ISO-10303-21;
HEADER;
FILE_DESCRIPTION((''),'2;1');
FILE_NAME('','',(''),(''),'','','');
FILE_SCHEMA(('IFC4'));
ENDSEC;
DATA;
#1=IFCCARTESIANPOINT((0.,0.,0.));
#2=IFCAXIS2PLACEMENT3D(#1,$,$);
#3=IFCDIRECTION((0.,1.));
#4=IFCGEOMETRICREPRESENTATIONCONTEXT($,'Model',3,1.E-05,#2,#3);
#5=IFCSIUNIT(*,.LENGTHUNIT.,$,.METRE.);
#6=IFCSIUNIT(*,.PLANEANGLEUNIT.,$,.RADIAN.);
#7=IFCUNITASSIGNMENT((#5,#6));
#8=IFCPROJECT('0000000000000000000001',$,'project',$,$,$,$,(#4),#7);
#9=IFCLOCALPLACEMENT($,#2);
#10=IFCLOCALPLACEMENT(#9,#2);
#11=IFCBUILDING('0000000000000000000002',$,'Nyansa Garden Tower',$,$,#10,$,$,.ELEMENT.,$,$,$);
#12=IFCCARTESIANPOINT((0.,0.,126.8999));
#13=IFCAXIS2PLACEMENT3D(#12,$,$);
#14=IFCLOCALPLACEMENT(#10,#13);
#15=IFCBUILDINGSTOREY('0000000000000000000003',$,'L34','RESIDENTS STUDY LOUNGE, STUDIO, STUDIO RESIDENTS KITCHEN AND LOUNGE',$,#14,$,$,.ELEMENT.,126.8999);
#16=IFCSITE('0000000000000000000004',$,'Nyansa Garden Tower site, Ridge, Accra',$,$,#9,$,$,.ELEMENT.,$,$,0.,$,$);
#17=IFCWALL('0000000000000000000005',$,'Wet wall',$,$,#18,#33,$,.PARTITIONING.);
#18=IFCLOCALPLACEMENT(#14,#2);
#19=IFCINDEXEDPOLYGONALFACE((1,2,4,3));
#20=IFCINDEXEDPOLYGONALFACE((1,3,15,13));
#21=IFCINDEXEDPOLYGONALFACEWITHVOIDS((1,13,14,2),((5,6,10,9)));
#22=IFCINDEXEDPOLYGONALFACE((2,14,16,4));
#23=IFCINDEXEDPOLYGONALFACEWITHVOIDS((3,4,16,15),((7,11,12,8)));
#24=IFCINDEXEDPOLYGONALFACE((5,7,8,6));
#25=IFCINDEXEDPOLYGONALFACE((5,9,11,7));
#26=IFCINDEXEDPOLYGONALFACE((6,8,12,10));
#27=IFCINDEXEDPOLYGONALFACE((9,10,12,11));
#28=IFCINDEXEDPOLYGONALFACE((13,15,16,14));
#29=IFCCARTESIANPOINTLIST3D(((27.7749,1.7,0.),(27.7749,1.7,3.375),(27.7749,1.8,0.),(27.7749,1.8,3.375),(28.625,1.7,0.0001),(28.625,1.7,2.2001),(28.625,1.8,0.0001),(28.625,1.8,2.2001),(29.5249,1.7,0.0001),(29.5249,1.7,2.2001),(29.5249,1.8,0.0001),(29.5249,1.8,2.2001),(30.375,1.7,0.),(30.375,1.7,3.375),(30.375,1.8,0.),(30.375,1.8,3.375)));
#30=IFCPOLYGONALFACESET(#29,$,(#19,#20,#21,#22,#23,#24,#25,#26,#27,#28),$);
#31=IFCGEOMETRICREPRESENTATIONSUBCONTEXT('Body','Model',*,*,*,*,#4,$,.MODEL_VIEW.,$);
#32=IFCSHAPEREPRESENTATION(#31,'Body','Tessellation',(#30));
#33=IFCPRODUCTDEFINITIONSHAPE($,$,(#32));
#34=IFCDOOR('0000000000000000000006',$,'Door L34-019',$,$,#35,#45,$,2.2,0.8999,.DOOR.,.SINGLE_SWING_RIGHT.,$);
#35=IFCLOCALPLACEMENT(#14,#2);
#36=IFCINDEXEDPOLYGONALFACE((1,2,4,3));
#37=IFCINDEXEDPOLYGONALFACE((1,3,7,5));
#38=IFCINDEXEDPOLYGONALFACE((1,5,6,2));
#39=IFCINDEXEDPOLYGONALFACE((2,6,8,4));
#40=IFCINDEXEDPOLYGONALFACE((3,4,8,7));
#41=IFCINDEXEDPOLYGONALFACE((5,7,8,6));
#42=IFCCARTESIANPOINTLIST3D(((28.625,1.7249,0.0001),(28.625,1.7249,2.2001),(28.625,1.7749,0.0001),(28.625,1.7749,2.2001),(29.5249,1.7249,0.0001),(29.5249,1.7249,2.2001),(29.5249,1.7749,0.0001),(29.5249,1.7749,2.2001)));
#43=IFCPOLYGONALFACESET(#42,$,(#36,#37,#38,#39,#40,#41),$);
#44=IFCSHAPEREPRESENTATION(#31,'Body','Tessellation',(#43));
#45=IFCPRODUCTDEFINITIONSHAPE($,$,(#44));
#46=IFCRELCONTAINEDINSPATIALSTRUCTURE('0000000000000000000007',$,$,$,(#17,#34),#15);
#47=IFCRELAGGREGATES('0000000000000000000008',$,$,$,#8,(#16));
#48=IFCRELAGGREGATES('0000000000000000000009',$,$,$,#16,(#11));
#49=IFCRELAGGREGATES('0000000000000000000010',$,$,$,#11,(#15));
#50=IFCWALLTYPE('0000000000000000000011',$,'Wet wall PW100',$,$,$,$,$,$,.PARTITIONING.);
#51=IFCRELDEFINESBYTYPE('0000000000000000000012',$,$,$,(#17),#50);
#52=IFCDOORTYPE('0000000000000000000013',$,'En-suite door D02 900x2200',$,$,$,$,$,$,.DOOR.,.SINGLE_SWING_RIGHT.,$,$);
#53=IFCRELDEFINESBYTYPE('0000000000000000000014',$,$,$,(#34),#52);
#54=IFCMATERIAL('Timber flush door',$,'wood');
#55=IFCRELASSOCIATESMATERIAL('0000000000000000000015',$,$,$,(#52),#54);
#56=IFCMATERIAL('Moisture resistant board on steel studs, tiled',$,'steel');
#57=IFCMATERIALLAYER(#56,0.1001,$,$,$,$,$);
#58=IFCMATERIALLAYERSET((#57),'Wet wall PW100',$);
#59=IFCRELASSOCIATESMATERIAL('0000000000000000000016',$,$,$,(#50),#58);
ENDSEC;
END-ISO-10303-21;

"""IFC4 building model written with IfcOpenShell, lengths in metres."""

from ifc_helpers import new_model, si_unit, direction, frame, frame_2d, origin, place, context, subcontext, project, spatial, rectangle, extrude, material, layer, layer_set, type_object, element, fill, save


model = new_model("IFC4")

# Units and contexts
model_context = context("Model", 3, precision=1e-05, world=origin(), true_north=direction((0.0, 1.0)))
body_context = subcontext(model_context, "Body", "Model", "MODEL_VIEW")
ifc_project = project(units=[si_unit("LENGTHUNIT", "METRE"), si_unit("PLANEANGLEUNIT", "RADIAN")], contexts=[model_context])

# Site, building, storey
site_placement = place(None, origin())
site = spatial("IfcSite", under=ifc_project, at=site_placement, Name="Nyansa Garden Tower site, Ridge, Accra", CompositionType="ELEMENT", RefElevation=0.0)
building_placement = place(site_placement, origin())
building = spatial("IfcBuilding", under=site, at=building_placement, Name="Nyansa Garden Tower", CompositionType="ELEMENT")
storey_placement = place(building_placement, frame((0.0, 0.0, 126.8999)))
storey = spatial("IfcBuildingStorey", under=building, at=storey_placement, Name="L34", Description="RESIDENTS STUDY LOUNGE, STUDIO, STUDIO RESIDENTS KITCHEN AND LOUNGE", CompositionType="ELEMENT", Elevation=126.8999)

# Shared definitions
ifc_material_1 = material(Name="Timber flush door", Category="wood")
door_type_1 = type_object("IfcDoorType", Name="En-suite door D02 900x2200", OperationType="SINGLE_SWING_RIGHT", PredefinedType="DOOR", material=ifc_material_1)

# Shared definitions
ifc_material_2 = material(Name="Moisture resistant board on steel studs, tiled", Category="steel")
ifc_layer_1 = layer(ifc_material_2, 0.1001)
ifc_layer_set_1 = layer_set([ifc_layer_1], Name="Wet wall PW100")
wall_type_1 = type_object("IfcWallType", Name="Wet wall PW100", PredefinedType="PARTITIONING", material=ifc_layer_set_1)

# Wall, opening, door
wall_1_placement = place(storey_placement, frame((27.7749, 1.75, 0.0), z_axis=(0.0, 0.0, 1.0), x_axis=(1.0, 0.0, 0.0)))
wall_1 = element("IfcWall", 1, at=wall_1_placement, inside=storey, type_object=wall_type_1, Name="Wet wall", PredefinedType="PARTITIONING", context=body_context, shape_type="SweptSolid", body=[
    extrude(rectangle(XDim=2.6001, YDim=0.1001, at=frame_2d((1.3, 0.0))), origin(), (0.0, 0.0, 1.0), 3.375),
])
opening_1_placement = place(wall_1_placement, frame((0.8501, 0.0, 0.0)))
opening_1 = element("IfcOpeningElement", 2, at=opening_1_placement, cuts=wall_1, PredefinedType="OPENING", context=body_context, shape_type="SweptSolid", body=[
    extrude(rectangle(XDim=0.8999, YDim=2.2, at=frame_2d((0.45, 1.1001))), frame((0.0, 0.0601, 0.0), z_axis=(0.0, -1.0, 0.0), x_axis=(1.0, 0.0, 0.0)), (0.0, 0.0, 1.0), 0.1201),
])
door_1_placement = place(opening_1_placement, origin())
door_1 = element("IfcDoor", 3, at=door_1_placement, inside=storey, type_object=door_type_1, Name="Door L34-019", OperationType="SINGLE_SWING_RIGHT", OverallHeight=2.2, OverallWidth=0.8999, PredefinedType="DOOR", context=body_context, shape_type="SweptSolid", body=[
    extrude(rectangle(XDim=0.8999, YDim=2.2, at=frame_2d((0.45, 1.1001))), frame((0.0, 0.0249, 0.0), z_axis=(0.0, -1.0, 0.0), x_axis=(1.0, 0.0, 0.0)), (0.0, 0.0, 1.0), 0.05),
])
fill(opening_1, door_1)

save(model, "model.ifc")
